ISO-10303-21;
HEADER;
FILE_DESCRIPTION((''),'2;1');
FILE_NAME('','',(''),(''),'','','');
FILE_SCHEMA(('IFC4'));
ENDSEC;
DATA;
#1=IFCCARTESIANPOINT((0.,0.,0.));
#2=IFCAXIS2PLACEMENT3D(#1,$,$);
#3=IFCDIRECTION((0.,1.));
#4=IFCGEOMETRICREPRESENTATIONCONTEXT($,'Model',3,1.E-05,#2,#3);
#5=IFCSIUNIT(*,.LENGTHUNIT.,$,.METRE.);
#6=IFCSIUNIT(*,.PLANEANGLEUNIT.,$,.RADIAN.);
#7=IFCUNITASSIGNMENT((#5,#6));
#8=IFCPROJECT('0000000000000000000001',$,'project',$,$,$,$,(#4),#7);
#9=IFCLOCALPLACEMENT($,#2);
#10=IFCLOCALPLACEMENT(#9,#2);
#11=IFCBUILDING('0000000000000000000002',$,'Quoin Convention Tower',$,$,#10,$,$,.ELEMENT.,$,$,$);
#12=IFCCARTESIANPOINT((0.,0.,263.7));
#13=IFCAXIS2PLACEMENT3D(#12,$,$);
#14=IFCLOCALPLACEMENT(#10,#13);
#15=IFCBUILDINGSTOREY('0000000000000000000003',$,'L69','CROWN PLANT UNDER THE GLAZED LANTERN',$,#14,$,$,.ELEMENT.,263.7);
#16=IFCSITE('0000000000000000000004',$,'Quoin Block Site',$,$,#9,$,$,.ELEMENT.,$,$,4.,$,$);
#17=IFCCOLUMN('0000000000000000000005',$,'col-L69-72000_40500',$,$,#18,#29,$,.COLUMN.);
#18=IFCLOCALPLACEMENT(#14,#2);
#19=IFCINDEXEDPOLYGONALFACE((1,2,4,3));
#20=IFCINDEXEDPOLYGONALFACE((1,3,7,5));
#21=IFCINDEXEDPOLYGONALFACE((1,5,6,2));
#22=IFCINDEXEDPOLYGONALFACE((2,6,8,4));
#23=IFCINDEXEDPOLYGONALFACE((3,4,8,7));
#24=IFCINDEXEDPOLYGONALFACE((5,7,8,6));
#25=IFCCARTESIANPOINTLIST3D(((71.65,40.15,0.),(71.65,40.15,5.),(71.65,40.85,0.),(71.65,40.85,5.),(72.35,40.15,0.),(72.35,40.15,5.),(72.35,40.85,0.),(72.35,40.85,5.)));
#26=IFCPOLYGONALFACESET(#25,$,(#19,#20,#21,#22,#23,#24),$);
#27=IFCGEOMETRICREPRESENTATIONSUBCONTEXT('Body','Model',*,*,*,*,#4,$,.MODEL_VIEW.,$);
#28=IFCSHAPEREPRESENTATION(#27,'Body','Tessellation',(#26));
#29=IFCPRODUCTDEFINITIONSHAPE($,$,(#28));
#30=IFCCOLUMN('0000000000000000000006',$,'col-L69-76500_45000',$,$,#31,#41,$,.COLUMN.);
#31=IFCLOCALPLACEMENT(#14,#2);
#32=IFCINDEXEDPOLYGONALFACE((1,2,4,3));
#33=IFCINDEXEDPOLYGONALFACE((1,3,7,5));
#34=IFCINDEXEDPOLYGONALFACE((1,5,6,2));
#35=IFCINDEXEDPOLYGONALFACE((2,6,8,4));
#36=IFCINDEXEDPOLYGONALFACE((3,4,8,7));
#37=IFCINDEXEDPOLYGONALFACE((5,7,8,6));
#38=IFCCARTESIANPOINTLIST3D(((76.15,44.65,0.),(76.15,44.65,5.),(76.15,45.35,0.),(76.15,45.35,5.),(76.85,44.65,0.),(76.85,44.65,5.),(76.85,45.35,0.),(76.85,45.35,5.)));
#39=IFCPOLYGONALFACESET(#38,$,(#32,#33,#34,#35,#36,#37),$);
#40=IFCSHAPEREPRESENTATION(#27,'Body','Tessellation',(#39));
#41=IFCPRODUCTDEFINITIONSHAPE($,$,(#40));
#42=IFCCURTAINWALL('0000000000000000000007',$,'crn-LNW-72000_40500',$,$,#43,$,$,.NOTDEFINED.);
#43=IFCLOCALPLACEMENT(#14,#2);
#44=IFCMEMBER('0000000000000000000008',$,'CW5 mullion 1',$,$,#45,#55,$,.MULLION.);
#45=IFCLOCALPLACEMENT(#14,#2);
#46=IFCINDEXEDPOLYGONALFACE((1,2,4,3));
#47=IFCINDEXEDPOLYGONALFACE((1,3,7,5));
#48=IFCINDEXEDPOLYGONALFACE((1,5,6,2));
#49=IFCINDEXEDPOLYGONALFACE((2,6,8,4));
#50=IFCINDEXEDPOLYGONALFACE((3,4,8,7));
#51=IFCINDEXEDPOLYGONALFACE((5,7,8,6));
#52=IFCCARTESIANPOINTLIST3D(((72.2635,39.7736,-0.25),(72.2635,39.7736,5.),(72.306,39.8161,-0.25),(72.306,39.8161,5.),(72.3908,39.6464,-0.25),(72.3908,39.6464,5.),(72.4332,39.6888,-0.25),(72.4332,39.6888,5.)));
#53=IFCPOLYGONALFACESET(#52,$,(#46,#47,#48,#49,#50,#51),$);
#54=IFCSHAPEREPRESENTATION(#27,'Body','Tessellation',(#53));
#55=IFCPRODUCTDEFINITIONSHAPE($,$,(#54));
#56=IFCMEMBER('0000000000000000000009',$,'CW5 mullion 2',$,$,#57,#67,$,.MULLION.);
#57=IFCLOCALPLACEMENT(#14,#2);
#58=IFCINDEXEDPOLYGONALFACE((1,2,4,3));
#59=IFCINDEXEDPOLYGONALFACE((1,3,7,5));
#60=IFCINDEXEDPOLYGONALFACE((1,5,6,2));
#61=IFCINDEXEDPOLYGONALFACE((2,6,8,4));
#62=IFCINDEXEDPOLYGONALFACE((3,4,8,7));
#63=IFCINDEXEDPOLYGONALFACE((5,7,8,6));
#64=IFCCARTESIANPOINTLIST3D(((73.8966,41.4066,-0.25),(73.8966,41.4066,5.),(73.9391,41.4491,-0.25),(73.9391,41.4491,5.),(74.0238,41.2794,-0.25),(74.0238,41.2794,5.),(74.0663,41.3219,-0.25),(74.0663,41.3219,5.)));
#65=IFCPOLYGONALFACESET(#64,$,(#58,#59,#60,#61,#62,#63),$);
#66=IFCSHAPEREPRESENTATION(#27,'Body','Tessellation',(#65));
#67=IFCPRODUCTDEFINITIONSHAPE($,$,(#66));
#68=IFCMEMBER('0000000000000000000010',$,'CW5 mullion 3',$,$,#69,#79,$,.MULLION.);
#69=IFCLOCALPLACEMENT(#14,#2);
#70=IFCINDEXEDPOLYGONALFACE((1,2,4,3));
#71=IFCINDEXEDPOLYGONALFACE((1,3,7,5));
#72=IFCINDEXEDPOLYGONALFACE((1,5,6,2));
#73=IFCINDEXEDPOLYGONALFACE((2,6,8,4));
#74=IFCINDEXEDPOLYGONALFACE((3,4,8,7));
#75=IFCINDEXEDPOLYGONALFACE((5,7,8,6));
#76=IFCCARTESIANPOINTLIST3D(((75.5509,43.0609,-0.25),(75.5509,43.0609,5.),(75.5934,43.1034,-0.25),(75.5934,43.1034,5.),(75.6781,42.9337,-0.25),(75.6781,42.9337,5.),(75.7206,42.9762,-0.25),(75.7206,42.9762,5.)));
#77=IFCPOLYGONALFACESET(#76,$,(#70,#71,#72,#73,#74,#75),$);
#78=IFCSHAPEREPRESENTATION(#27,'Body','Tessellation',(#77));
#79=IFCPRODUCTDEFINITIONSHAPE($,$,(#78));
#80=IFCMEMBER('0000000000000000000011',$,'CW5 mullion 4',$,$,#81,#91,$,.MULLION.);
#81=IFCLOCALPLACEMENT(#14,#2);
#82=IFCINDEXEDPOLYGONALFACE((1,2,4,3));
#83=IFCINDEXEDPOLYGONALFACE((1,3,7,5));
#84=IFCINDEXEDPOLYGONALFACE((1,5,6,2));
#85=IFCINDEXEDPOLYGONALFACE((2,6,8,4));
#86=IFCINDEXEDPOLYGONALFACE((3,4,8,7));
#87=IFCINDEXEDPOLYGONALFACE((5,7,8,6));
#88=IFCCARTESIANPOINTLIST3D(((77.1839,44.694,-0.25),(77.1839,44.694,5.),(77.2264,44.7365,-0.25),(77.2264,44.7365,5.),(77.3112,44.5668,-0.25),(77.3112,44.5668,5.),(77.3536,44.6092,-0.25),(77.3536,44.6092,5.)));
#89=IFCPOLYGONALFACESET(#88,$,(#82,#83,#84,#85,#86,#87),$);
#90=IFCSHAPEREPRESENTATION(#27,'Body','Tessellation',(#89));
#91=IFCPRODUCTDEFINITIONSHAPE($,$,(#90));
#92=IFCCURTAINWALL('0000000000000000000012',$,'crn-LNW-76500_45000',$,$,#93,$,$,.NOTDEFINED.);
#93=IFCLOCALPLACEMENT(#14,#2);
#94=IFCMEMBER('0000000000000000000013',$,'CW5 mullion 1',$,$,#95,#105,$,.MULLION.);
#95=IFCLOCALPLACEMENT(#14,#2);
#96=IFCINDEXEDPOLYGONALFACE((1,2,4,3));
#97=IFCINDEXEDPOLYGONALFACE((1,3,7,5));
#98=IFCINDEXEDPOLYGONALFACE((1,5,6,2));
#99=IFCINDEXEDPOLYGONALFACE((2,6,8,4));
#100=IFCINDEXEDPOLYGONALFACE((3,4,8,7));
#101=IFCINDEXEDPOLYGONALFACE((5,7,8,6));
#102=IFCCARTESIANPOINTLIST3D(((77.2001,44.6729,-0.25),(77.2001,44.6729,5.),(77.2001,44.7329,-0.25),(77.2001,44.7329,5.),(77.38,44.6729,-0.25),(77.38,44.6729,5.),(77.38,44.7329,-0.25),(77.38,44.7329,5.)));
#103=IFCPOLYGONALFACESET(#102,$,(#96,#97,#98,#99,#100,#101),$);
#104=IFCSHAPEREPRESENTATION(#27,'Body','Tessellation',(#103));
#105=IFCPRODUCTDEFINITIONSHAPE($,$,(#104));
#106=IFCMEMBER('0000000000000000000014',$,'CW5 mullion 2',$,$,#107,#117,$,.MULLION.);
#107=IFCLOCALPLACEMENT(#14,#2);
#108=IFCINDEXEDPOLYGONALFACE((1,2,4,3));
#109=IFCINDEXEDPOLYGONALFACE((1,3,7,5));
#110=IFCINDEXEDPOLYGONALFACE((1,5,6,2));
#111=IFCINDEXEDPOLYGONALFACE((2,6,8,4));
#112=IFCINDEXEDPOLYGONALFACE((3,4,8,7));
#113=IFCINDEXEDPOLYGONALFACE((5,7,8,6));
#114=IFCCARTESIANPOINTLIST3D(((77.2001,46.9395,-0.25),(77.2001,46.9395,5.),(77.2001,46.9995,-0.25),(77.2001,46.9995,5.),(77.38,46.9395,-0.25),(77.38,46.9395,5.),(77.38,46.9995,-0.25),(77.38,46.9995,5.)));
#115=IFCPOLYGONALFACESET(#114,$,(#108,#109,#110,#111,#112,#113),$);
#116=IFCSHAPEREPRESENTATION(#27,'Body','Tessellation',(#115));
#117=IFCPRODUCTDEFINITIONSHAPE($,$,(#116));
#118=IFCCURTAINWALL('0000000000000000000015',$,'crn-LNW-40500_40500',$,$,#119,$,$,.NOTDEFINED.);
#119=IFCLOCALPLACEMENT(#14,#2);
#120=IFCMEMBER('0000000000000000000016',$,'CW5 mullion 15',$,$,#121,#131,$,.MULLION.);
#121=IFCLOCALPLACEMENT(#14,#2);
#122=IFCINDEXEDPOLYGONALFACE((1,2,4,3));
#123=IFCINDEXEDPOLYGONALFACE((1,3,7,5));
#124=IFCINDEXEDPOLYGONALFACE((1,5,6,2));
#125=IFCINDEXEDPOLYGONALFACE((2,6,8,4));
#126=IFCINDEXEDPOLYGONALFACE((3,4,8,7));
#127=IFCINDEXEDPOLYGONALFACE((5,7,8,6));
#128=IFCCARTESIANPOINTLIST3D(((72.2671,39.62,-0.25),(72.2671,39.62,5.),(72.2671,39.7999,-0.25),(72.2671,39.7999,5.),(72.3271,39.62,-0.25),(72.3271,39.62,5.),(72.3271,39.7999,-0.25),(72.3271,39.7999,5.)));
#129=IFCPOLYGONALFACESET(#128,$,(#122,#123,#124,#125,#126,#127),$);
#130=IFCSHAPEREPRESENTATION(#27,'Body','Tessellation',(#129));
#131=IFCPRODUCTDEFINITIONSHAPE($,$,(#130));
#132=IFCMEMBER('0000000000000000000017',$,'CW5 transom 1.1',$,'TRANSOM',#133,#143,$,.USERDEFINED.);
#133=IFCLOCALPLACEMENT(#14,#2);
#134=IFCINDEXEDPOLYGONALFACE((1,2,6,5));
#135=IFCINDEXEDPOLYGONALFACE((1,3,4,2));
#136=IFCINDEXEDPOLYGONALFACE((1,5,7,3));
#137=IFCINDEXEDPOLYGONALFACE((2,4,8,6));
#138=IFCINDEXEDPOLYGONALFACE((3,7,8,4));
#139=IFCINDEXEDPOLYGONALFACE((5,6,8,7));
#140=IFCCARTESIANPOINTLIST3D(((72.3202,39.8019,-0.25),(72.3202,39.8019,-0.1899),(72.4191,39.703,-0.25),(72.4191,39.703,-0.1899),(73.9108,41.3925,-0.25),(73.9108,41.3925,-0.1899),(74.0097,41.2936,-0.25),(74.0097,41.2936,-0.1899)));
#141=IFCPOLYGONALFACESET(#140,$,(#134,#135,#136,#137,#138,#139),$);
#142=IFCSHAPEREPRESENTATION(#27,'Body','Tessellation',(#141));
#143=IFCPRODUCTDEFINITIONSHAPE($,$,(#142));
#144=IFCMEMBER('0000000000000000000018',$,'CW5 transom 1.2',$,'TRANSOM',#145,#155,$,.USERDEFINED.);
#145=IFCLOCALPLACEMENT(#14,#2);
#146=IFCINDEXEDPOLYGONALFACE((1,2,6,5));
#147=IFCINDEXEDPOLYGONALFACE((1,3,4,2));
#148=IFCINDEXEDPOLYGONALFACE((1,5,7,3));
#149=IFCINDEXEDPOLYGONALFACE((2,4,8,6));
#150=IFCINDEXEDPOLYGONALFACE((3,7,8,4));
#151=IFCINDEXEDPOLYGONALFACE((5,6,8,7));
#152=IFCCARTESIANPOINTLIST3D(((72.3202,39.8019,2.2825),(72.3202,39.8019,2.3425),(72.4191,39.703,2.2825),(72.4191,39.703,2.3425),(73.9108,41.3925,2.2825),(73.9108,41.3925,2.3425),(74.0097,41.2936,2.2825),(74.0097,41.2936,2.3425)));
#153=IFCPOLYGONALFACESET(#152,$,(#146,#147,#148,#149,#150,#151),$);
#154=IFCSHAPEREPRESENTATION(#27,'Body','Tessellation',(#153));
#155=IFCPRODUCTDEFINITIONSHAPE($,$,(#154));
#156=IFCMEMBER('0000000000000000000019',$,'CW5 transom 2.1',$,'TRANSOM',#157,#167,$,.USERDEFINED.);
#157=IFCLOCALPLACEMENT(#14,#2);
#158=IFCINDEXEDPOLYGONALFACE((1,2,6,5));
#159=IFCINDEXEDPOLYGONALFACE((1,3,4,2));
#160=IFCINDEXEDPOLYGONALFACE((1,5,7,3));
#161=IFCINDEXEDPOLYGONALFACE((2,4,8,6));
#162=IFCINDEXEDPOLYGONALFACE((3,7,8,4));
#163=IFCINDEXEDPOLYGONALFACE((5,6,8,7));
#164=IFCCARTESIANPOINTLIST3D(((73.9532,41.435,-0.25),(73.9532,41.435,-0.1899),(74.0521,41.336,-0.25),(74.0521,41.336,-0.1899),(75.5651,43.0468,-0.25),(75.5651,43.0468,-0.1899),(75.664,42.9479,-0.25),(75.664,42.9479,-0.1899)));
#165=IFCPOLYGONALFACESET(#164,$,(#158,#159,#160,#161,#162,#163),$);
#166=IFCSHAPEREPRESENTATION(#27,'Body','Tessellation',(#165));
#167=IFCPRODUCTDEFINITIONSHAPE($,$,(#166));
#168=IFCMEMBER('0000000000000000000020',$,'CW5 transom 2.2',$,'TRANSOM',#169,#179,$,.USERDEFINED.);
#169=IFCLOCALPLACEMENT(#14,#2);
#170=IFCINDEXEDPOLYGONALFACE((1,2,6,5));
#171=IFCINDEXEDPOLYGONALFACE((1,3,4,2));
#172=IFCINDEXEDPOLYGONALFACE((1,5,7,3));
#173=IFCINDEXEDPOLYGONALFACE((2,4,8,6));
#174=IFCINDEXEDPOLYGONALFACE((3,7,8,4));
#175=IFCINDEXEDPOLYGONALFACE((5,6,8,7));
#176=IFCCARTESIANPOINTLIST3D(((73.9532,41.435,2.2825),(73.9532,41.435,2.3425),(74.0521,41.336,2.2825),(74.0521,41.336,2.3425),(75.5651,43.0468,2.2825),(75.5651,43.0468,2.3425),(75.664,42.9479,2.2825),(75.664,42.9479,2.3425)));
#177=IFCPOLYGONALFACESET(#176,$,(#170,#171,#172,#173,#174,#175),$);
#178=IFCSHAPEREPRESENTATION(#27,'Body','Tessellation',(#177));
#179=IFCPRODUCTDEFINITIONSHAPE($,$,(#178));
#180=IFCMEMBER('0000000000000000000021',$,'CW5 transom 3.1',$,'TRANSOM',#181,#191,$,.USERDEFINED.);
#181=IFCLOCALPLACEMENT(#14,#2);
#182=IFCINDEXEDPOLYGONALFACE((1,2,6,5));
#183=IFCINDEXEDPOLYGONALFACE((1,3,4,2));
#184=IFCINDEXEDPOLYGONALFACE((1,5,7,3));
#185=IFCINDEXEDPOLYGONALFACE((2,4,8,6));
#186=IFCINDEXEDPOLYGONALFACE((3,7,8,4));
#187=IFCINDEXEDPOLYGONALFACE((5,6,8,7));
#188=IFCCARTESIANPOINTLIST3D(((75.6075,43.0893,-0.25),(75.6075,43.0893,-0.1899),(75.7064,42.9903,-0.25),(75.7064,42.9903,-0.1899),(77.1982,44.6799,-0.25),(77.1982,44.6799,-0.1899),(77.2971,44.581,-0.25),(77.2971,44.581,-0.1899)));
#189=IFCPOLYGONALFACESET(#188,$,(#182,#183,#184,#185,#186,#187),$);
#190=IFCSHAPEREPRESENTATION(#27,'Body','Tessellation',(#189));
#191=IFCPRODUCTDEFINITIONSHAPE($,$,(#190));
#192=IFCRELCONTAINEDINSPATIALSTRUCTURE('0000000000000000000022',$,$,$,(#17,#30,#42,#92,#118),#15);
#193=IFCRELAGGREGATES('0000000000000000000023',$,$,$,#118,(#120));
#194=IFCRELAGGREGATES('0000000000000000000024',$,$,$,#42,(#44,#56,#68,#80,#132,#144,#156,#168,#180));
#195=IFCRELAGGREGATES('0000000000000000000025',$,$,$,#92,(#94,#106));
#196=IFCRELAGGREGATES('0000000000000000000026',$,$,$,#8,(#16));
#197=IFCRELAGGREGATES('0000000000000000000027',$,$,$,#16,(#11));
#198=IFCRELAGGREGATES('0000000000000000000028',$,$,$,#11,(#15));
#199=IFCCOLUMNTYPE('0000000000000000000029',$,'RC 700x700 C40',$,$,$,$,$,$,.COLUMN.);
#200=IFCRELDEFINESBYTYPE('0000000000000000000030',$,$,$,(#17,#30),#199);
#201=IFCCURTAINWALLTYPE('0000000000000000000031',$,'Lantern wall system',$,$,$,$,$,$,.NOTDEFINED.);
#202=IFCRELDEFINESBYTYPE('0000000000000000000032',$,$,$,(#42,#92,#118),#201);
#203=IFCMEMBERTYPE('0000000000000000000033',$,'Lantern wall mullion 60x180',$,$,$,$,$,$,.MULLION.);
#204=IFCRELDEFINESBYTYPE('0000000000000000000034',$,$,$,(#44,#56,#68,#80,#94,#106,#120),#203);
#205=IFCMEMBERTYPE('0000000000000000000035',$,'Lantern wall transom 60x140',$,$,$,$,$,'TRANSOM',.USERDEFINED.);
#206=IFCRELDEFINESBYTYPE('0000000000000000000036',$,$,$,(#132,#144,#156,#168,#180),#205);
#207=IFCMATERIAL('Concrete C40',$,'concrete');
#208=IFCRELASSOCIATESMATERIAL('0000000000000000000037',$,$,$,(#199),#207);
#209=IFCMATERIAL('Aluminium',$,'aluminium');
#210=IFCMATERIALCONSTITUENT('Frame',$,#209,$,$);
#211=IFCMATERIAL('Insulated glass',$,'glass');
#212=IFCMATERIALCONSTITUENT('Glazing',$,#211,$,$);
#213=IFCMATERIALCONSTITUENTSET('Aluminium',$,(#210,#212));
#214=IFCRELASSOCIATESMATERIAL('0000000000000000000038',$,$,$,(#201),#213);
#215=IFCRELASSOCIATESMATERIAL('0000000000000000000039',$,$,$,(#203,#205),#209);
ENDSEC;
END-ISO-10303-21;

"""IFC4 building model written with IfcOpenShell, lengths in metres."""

from ifc_helpers import new_model, si_unit, direction, frame, origin, origin_2d, place, context, subcontext, project, spatial, rectangle, extrude, material, constituent, constituent_set, material_profile, profile_set, type_object, element, aggregate, save


model = new_model("IFC4")

# Units and contexts
model_context = context("Model", 3, precision=1e-05, world=origin(), true_north=direction((0.0, 1.0)))
body_context = subcontext(model_context, "Body", "Model", "MODEL_VIEW")
ifc_project = project(units=[si_unit("LENGTHUNIT", "METRE"), si_unit("PLANEANGLEUNIT", "RADIAN")], contexts=[model_context])

# Site, building, storey
site_placement = place(None, origin())
site = spatial("IfcSite", under=ifc_project, at=site_placement, Name="Quoin Block Site", CompositionType="ELEMENT", RefElevation=4.0)
building_placement = place(site_placement, origin())
building = spatial("IfcBuilding", under=site, at=building_placement, Name="Quoin Convention Tower", CompositionType="ELEMENT")
storey_placement = place(building_placement, frame((0.0, 0.0, 263.7)))
storey = spatial("IfcBuildingStorey", under=building, at=storey_placement, Name="L69", Description="CROWN PLANT UNDER THE GLAZED LANTERN", CompositionType="ELEMENT", Elevation=263.7)

# Columns
ifc_material_1 = material(Name="Concrete C40", Category="concrete")
ifc_material_profile_1 = material_profile(ifc_material_1, rectangle(XDim=0.7, YDim=0.7, at=origin_2d()), Name="RC 700x700")
ifc_profile_set_1 = profile_set([ifc_material_profile_1], Name="Concrete C40")
column_type = type_object("IfcColumnType", Name="RC 700x700 C40", PredefinedType="COLUMN", material=ifc_profile_set_1)
for number, where, z_axis, x_axis, name in (
    (1, (72.0, 40.5, 0.0), (0.0, 0.0, 1.0), (1.0, 0.0, 0.0), "col-L69-72000_40500"),
    (2, (76.5, 45.0, 0.0), (0.0, 0.0, 1.0), (1.0, 0.0, 0.0), "col-L69-76500_45000"),
):
    element("IfcColumn", number, at=place(storey_placement, frame(where, z_axis=z_axis, x_axis=x_axis)), inside=storey, type_object=column_type, Name=name, PredefinedType="COLUMN", context=body_context, shape_type="SweptSolid", body=[
        extrude(rectangle(XDim=0.7, YDim=0.7, at=origin_2d()), origin(), (0.0, 0.0, 1.0), 5.0),
    ])

# Curtain walls, members
ifc_material_2 = material(Name="Aluminium", Category="aluminium")
ifc_constituent_1 = constituent(ifc_material_2, Name="Frame")
ifc_material_3 = material(Name="Insulated glass", Category="glass")
ifc_constituent_2 = constituent(ifc_material_3, Name="Glazing")
ifc_constituent_set = constituent_set(constituents=[ifc_constituent_1, ifc_constituent_2], Name="Aluminium")
curtain_wall_type = type_object("IfcCurtainWallType", Name="Lantern wall system", PredefinedType="NOTDEFINED", material=ifc_constituent_set)
curtain_wall_1_placement = place(storey_placement, origin())
curtain_wall_1 = element("IfcCurtainWall", 3, at=curtain_wall_1_placement, inside=storey, type_object=curtain_wall_type, Name="crn-LNW-72000_40500", PredefinedType="NOTDEFINED")
ifc_material_profile_2 = material_profile(ifc_material_2, rectangle(XDim=0.1799, YDim=0.0601, at=origin_2d()), Name="Lantern wall mullion 60x180")
ifc_profile_set_2 = profile_set([ifc_material_profile_2], Name="Aluminium")
member_type_1 = type_object("IfcMemberType", Name="Lantern wall mullion 60x180", PredefinedType="MULLION", material=ifc_profile_set_2)
member_1_placement = place(storey_placement, frame((72.3484, 39.7312, -0.25), z_axis=(0.0, 0.0, 1.0), x_axis=(-0.707107, 0.707107, 0.0)))
member_1 = element("IfcMember", 4, at=member_1_placement, type_object=member_type_1, Name="CW5 mullion 1", PredefinedType="MULLION", context=body_context, shape_type="SweptSolid", body=[
    extrude(rectangle(XDim=0.1799, YDim=0.0601, at=origin_2d()), origin(), (0.0, 0.0, 1.0), 5.25),
])
member_2_placement = place(storey_placement, frame((73.9814, 41.3643, -0.25), z_axis=(0.0, 0.0, 1.0), x_axis=(-0.707107, 0.707107, 0.0)))
member_2 = element("IfcMember", 5, at=member_2_placement, type_object=member_type_1, Name="CW5 mullion 2", PredefinedType="MULLION", context=body_context, shape_type="SweptSolid", body=[
    extrude(rectangle(XDim=0.1799, YDim=0.0601, at=origin_2d()), origin(), (0.0, 0.0, 1.0), 5.25),
])
member_3_placement = place(storey_placement, frame((75.6357, 43.0186, -0.25), z_axis=(0.0, 0.0, 1.0), x_axis=(-0.707107, 0.707107, 0.0)))
member_3 = element("IfcMember", 6, at=member_3_placement, type_object=member_type_1, Name="CW5 mullion 3", PredefinedType="MULLION", context=body_context, shape_type="SweptSolid", body=[
    extrude(rectangle(XDim=0.1799, YDim=0.0601, at=origin_2d()), origin(), (0.0, 0.0, 1.0), 5.25),
])
member_4_placement = place(storey_placement, frame((77.2688, 44.6516, -0.25), z_axis=(0.0, 0.0, 1.0), x_axis=(-0.707107, 0.707107, 0.0)))
member_4 = element("IfcMember", 7, at=member_4_placement, type_object=member_type_1, Name="CW5 mullion 4", PredefinedType="MULLION", context=body_context, shape_type="SweptSolid", body=[
    extrude(rectangle(XDim=0.1799, YDim=0.0601, at=origin_2d()), origin(), (0.0, 0.0, 1.0), 5.25),
])
curtain_wall_2_placement = place(storey_placement, origin())
curtain_wall_2 = element("IfcCurtainWall", 8, at=curtain_wall_2_placement, inside=storey, type_object=curtain_wall_type, Name="crn-LNW-76500_45000", PredefinedType="NOTDEFINED")
member_5_placement = place(storey_placement, frame((77.29, 44.7029, -0.25), z_axis=(0.0, 0.0, 1.0), x_axis=(-1.0, 0.0, 0.0)))
member_5 = element("IfcMember", 9, at=member_5_placement, type_object=member_type_1, Name="CW5 mullion 1", PredefinedType="MULLION", context=body_context, shape_type="SweptSolid", body=[
    extrude(rectangle(XDim=0.1799, YDim=0.0601, at=origin_2d()), origin(), (0.0, 0.0, 1.0), 5.25),
])
member_6_placement = place(storey_placement, frame((77.29, 46.9695, -0.25), z_axis=(0.0, 0.0, 1.0), x_axis=(-1.0, 0.0, 0.0)))
member_6 = element("IfcMember", 10, at=member_6_placement, type_object=member_type_1, Name="CW5 mullion 2", PredefinedType="MULLION", context=body_context, shape_type="SweptSolid", body=[
    extrude(rectangle(XDim=0.1799, YDim=0.0601, at=origin_2d()), origin(), (0.0, 0.0, 1.0), 5.25),
])

# Curtain wall, member
curtain_wall_3_placement = place(storey_placement, origin())
curtain_wall_3 = element("IfcCurtainWall", 11, at=curtain_wall_3_placement, inside=storey, type_object=curtain_wall_type, Name="crn-LNW-40500_40500", PredefinedType="NOTDEFINED")
member_7_placement = place(storey_placement, frame((72.2971, 39.71, -0.25), z_axis=(0.0, 0.0, 1.0), x_axis=(0.0, 1.0, 0.0)))
member_7 = element("IfcMember", 12, at=member_7_placement, type_object=member_type_1, Name="CW5 mullion 15", PredefinedType="MULLION", context=body_context, shape_type="SweptSolid", body=[
    extrude(rectangle(XDim=0.1799, YDim=0.0601, at=origin_2d()), origin(), (0.0, 0.0, 1.0), 5.25),
])
aggregate(curtain_wall_3, [member_7])

# Members
ifc_material_profile_3 = material_profile(ifc_material_2, rectangle(XDim=0.1399, YDim=0.0601, at=origin_2d()), Name="Lantern wall transom 60x140")
ifc_profile_set_3 = profile_set([ifc_material_profile_3], Name="Aluminium")
member_type_2 = type_object("IfcMemberType", Name="Lantern wall transom 60x140", ElementType="TRANSOM", PredefinedType="USERDEFINED", material=ifc_profile_set_3)
member_8_placement = place(storey_placement, frame((72.3696, 39.7524, -0.22), z_axis=(0.707107, 0.707107, 0.0), x_axis=(-0.707107, 0.707107, 0.0)))
member_8 = element("IfcMember", 13, at=member_8_placement, type_object=member_type_2, Name="CW5 transom 1.1", ObjectType="TRANSOM", PredefinedType="USERDEFINED", context=body_context, shape_type="SweptSolid", body=[
    extrude(rectangle(XDim=0.1399, YDim=0.0601, at=origin_2d()), origin(), (0.0, 0.0, 1.0), 2.2495),
])
member_9_placement = place(storey_placement, frame((72.3696, 39.7524, 2.3125), z_axis=(0.707107, 0.707107, 0.0), x_axis=(-0.707107, 0.707107, 0.0)))
member_9 = element("IfcMember", 14, at=member_9_placement, type_object=member_type_2, Name="CW5 transom 1.2", ObjectType="TRANSOM", PredefinedType="USERDEFINED", context=body_context, shape_type="SweptSolid", body=[
    extrude(rectangle(XDim=0.1399, YDim=0.0601, at=origin_2d()), origin(), (0.0, 0.0, 1.0), 2.2495),
])
member_10_placement = place(storey_placement, frame((74.0027, 41.3855, -0.22), z_axis=(0.707107, 0.707107, 0.0), x_axis=(-0.707107, 0.707107, 0.0)))
member_10 = element("IfcMember", 15, at=member_10_placement, type_object=member_type_2, Name="CW5 transom 2.1", ObjectType="TRANSOM", PredefinedType="USERDEFINED", context=body_context, shape_type="SweptSolid", body=[
    extrude(rectangle(XDim=0.1399, YDim=0.0601, at=origin_2d()), origin(), (0.0, 0.0, 1.0), 2.2795),
])
member_11_placement = place(storey_placement, frame((74.0027, 41.3855, 2.3125), z_axis=(0.707107, 0.707107, 0.0), x_axis=(-0.707107, 0.707107, 0.0)))
member_11 = element("IfcMember", 16, at=member_11_placement, type_object=member_type_2, Name="CW5 transom 2.2", ObjectType="TRANSOM", PredefinedType="USERDEFINED", context=body_context, shape_type="SweptSolid", body=[
    extrude(rectangle(XDim=0.1399, YDim=0.0601, at=origin_2d()), origin(), (0.0, 0.0, 1.0), 2.2795),
])
member_12_placement = place(storey_placement, frame((75.657, 43.0398, -0.22), z_axis=(0.707107, 0.707107, 0.0), x_axis=(-0.707107, 0.707107, 0.0)))
member_12 = element("IfcMember", 17, at=member_12_placement, type_object=member_type_2, Name="CW5 transom 3.1", ObjectType="TRANSOM", PredefinedType="USERDEFINED", context=body_context, shape_type="SweptSolid", body=[
    extrude(rectangle(XDim=0.1399, YDim=0.0601, at=origin_2d()), origin(), (0.0, 0.0, 1.0), 2.2495),
])

aggregate(curtain_wall_1, [member_1, member_2, member_3, member_4, member_8, member_9, member_10, member_11, member_12])
aggregate(curtain_wall_2, [member_5, member_6])

save(model, "model.ifc")
